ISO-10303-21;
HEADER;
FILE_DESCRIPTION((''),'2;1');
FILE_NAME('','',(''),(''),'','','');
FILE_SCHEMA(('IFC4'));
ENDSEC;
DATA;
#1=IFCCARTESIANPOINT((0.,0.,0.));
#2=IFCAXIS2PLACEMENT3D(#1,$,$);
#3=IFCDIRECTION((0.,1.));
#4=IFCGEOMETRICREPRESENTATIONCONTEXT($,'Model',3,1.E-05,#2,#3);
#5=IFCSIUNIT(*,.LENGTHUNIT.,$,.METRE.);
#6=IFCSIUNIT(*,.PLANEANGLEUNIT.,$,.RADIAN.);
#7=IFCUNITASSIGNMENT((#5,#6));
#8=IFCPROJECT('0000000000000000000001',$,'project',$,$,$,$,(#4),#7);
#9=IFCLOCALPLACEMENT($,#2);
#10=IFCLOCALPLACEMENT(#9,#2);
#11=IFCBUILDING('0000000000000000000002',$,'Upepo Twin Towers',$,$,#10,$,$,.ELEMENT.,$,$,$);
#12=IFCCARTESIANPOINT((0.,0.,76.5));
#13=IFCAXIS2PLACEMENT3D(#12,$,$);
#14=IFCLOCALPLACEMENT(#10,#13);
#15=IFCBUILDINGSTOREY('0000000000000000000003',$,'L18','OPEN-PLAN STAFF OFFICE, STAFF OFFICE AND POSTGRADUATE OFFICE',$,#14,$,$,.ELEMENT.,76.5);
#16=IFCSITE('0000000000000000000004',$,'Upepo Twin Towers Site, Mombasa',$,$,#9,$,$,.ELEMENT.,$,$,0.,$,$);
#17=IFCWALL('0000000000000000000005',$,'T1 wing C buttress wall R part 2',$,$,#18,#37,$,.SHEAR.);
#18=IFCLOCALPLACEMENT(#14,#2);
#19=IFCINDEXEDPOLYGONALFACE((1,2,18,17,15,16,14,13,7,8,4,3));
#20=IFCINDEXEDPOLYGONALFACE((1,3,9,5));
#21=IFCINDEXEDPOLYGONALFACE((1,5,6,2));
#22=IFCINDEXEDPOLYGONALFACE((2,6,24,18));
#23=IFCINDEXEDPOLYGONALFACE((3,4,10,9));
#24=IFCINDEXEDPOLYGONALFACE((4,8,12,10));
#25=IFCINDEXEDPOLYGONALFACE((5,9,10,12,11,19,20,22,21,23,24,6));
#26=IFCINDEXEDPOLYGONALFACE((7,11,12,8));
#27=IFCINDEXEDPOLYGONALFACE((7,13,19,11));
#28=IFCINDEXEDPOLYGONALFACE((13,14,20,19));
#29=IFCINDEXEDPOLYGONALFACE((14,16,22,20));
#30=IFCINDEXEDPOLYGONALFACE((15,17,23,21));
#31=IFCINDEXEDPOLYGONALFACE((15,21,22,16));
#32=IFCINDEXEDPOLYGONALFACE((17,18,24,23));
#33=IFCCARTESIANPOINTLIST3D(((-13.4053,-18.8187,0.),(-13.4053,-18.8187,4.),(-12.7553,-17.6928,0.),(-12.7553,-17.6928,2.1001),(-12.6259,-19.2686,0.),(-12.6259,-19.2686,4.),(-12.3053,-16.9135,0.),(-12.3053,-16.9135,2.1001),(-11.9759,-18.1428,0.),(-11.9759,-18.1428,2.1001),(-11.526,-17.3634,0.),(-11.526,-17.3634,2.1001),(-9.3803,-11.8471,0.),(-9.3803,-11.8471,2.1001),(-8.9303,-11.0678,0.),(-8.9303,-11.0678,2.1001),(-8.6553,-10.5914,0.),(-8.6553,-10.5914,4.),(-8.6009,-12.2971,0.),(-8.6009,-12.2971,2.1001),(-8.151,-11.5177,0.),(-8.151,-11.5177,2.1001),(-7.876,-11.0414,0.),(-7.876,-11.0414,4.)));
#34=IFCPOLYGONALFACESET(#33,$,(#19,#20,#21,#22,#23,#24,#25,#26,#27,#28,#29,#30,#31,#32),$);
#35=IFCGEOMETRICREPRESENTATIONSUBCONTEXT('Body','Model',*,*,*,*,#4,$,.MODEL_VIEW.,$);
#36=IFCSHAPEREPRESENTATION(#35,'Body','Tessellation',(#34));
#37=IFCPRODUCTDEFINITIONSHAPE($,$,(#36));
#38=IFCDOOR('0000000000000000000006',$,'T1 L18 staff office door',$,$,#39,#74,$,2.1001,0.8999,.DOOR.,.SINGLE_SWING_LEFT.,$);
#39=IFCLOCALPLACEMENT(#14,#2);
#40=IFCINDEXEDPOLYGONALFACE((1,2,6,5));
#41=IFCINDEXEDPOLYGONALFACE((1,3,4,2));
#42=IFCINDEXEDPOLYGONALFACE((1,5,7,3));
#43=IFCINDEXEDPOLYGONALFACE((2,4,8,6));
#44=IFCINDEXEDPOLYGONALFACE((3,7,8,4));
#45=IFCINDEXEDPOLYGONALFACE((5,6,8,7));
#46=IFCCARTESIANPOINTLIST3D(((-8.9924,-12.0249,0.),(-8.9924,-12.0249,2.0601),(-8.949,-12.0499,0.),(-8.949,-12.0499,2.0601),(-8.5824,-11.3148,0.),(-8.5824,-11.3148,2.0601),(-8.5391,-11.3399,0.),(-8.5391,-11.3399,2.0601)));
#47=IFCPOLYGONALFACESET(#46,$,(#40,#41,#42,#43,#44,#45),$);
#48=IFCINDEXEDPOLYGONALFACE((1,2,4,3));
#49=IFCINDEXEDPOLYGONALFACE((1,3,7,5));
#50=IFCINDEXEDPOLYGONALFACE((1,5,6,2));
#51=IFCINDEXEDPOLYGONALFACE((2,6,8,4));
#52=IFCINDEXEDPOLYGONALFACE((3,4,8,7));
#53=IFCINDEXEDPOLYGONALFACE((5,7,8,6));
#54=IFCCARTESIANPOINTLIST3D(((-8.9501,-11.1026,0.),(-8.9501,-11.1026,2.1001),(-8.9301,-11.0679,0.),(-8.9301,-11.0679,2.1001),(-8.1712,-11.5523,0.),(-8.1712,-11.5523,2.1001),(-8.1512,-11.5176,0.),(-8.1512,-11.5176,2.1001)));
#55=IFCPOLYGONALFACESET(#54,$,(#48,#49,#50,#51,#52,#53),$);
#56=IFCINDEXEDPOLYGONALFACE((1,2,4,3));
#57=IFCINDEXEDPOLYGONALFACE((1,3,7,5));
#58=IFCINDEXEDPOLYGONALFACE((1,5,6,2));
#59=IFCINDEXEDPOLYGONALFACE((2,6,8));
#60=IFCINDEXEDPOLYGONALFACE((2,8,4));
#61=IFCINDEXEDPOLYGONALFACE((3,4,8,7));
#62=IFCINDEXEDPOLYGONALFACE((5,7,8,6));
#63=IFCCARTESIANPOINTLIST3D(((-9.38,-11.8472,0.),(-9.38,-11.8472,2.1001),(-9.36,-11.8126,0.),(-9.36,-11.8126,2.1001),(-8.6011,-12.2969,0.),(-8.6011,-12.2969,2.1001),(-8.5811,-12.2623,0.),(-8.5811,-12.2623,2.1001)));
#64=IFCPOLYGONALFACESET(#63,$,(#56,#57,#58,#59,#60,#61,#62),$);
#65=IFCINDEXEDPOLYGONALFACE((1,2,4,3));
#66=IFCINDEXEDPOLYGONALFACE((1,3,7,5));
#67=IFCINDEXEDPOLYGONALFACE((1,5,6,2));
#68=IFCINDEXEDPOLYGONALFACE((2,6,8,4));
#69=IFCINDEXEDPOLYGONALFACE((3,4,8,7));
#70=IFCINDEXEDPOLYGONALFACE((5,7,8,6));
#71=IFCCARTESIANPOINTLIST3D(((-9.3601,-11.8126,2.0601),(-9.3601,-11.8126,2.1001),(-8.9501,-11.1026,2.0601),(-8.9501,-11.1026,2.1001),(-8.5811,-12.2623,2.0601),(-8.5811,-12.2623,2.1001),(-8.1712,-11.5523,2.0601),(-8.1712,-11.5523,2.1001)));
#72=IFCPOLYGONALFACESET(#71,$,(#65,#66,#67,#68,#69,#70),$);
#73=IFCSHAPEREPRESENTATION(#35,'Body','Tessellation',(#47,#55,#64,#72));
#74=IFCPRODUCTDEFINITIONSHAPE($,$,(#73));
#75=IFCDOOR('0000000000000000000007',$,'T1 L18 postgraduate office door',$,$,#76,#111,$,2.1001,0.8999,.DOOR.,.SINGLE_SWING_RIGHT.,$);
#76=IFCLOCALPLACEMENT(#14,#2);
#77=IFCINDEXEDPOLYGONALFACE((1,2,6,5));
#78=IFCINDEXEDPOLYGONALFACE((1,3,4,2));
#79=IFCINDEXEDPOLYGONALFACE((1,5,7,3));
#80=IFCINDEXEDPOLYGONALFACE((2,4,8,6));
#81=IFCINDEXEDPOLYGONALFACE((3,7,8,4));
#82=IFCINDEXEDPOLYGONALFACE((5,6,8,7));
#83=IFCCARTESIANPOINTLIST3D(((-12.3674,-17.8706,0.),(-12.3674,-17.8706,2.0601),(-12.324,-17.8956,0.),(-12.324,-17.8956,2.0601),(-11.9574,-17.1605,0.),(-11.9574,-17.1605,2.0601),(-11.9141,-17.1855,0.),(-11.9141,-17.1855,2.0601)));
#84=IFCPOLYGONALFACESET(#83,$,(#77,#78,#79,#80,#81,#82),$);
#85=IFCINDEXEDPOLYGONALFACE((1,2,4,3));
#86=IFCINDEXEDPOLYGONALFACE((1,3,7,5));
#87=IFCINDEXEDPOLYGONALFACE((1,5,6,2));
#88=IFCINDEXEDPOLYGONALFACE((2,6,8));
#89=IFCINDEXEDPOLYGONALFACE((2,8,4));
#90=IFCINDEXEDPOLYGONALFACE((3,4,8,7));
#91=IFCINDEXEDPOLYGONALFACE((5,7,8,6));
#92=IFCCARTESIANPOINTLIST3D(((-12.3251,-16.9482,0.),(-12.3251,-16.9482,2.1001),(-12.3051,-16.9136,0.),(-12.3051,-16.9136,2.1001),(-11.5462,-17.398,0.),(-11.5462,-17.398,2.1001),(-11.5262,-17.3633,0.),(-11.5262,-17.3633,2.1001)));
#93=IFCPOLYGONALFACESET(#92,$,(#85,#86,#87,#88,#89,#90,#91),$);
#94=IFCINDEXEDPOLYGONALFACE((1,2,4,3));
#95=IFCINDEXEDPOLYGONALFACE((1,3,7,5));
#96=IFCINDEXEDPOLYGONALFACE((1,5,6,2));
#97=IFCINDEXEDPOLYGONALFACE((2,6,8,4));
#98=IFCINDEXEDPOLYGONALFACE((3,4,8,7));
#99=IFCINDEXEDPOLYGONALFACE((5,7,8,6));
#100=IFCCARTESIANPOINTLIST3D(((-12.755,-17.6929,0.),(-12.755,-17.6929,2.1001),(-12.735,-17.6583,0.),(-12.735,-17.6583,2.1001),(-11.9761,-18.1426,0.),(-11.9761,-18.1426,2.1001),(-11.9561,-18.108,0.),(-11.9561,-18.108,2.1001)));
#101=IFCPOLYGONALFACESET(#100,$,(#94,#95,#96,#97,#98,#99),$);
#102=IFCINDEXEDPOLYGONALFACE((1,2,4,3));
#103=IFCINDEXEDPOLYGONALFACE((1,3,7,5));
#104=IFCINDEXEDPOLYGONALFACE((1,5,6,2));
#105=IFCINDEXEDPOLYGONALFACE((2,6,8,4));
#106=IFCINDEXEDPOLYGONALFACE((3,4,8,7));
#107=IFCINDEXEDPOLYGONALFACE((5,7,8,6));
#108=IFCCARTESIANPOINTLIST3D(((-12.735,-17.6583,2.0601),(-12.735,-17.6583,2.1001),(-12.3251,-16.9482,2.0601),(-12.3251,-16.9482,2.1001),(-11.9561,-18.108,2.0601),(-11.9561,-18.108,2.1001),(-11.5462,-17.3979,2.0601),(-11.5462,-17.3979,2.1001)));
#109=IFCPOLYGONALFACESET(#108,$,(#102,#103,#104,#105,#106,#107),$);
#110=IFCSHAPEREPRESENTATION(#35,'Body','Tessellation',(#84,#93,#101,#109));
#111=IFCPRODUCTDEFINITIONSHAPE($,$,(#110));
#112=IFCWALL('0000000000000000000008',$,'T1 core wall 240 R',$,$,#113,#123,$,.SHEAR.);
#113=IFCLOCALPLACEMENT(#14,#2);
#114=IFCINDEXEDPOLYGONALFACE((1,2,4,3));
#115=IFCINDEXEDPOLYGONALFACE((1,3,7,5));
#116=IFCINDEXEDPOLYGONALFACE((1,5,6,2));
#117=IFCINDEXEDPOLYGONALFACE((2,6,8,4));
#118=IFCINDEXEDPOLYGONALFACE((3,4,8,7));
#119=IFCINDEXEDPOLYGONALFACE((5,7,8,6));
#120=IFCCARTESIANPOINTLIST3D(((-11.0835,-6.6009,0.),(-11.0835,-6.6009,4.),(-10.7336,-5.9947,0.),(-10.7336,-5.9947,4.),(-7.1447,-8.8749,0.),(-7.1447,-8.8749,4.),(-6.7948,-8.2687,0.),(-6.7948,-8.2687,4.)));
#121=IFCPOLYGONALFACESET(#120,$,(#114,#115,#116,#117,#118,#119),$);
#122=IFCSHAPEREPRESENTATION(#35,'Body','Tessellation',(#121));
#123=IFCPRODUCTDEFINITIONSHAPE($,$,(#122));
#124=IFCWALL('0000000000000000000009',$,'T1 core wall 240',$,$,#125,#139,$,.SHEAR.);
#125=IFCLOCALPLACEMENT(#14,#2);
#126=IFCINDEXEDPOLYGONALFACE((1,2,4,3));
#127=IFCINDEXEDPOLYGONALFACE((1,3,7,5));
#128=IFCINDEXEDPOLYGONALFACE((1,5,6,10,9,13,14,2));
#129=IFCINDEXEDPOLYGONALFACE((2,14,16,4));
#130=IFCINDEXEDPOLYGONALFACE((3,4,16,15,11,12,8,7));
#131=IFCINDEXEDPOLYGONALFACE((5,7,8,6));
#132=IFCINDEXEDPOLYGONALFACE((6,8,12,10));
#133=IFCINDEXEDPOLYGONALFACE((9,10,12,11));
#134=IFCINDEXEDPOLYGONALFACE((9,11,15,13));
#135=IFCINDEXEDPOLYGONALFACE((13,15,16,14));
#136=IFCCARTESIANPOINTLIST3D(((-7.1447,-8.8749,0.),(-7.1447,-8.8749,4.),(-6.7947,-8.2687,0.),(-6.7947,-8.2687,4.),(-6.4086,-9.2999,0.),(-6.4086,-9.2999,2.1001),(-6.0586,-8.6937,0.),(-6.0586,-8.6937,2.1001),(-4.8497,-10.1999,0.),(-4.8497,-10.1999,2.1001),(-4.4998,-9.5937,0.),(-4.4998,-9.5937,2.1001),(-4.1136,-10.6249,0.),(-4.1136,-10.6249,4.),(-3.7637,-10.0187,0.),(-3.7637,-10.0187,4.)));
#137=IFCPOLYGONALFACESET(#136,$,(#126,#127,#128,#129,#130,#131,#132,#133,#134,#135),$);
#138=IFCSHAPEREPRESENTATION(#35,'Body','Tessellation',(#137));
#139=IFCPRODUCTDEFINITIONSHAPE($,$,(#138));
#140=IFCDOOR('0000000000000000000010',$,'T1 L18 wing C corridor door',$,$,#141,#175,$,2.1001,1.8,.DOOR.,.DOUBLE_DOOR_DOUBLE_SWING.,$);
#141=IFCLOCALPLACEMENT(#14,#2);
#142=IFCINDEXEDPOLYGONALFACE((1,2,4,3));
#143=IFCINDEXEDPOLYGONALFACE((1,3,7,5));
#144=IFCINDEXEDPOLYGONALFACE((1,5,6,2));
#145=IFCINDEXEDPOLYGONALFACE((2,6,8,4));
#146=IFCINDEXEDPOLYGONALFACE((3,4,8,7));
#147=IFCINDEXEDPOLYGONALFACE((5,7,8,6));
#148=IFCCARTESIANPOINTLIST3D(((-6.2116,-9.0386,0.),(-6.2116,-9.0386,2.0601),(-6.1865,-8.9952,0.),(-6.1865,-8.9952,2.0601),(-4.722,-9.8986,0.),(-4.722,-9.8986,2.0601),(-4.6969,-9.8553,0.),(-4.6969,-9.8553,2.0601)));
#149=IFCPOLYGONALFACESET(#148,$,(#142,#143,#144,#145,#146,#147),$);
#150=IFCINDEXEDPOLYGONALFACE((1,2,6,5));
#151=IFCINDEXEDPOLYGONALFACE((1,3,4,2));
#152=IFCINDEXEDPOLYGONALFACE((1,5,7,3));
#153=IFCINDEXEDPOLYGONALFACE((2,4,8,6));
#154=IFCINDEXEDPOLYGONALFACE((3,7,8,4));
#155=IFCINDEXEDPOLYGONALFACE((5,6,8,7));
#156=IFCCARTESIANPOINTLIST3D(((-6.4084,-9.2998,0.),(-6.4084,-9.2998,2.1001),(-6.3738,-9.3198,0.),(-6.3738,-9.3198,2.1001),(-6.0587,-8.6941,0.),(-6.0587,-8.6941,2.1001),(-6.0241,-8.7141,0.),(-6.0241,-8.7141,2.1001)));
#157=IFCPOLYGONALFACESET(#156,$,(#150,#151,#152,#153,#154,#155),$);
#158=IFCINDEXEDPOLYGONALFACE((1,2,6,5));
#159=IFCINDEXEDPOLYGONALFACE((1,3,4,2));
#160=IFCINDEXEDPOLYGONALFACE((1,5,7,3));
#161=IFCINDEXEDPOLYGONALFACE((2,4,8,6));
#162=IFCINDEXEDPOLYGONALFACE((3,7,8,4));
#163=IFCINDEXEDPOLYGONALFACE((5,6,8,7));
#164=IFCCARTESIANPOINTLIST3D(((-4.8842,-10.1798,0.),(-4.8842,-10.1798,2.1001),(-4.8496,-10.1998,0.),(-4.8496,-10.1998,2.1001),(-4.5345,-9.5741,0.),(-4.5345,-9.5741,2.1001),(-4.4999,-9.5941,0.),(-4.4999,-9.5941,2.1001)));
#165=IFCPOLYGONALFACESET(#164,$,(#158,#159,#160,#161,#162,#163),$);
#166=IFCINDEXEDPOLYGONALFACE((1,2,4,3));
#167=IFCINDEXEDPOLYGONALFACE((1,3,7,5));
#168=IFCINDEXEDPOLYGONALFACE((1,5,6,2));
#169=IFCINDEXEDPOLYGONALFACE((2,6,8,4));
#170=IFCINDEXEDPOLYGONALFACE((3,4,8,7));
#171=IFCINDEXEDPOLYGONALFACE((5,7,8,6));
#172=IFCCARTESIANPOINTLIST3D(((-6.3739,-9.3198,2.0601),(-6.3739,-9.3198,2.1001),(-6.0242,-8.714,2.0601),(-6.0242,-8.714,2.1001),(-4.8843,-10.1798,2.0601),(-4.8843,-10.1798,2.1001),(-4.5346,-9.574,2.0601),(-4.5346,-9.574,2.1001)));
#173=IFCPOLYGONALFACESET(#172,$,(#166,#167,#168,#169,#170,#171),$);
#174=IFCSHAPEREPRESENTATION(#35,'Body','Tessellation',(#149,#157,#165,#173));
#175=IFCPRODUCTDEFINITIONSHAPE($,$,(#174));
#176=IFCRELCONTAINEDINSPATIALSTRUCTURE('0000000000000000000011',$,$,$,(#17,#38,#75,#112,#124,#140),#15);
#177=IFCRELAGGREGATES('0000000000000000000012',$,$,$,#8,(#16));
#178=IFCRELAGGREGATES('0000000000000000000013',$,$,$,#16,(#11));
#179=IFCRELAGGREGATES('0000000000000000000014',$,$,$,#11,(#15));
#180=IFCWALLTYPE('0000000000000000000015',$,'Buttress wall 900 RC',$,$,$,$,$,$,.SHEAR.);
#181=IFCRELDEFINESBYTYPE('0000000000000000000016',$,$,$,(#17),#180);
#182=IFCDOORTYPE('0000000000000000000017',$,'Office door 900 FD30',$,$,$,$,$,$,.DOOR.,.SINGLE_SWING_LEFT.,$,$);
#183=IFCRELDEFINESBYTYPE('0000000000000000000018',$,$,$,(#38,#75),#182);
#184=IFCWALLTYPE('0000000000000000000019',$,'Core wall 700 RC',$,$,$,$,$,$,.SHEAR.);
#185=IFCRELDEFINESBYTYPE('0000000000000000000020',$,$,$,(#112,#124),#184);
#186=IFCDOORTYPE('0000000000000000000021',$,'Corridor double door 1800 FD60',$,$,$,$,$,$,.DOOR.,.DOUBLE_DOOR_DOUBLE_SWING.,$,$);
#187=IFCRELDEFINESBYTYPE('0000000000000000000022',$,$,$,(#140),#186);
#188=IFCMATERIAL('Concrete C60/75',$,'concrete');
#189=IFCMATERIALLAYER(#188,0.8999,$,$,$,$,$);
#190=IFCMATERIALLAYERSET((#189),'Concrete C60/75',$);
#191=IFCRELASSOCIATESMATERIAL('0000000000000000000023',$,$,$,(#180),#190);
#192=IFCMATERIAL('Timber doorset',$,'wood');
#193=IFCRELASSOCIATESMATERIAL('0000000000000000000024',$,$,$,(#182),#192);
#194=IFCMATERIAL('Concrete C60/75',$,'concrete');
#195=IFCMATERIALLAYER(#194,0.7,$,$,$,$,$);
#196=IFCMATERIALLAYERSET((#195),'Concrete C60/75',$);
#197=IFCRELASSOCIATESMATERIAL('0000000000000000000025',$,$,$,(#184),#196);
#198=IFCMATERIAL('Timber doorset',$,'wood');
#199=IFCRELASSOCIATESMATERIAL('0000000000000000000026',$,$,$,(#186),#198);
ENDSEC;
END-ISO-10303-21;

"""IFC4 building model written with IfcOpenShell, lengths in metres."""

from ifc_helpers import new_model, si_unit, direction, frame, frame_2d, origin, place, context, subcontext, project, spatial, rectangle, extrude, material, layer, layer_set, type_object, element, fill, save


model = new_model("IFC4")

# Units and contexts
model_context = context("Model", 3, precision=1e-05, world=origin(), true_north=direction((0.0, 1.0)))
body_context = subcontext(model_context, "Body", "Model", "MODEL_VIEW")
ifc_project = project(units=[si_unit("LENGTHUNIT", "METRE"), si_unit("PLANEANGLEUNIT", "RADIAN")], contexts=[model_context])

# Site, building, storey
site_placement = place(None, origin())
site = spatial("IfcSite", under=ifc_project, at=site_placement, Name="Upepo Twin Towers Site, Mombasa", CompositionType="ELEMENT", RefElevation=0.0)
building_placement = place(site_placement, origin())
building = spatial("IfcBuilding", under=site, at=building_placement, Name="Upepo Twin Towers", CompositionType="ELEMENT")
storey_placement = place(building_placement, frame((0.0, 0.0, 76.5)))
storey = spatial("IfcBuildingStorey", under=building, at=storey_placement, Name="L18", Description="OPEN-PLAN STAFF OFFICE, STAFF OFFICE AND POSTGRADUATE OFFICE", CompositionType="ELEMENT", Elevation=76.5)

# Wall, openings, doors
ifc_material_1 = material(Name="Concrete C60/75", Category="concrete")
ifc_layer_1 = layer(ifc_material_1, 0.8999)
ifc_layer_set_1 = layer_set([ifc_layer_1], Name="Concrete C60/75")
wall_type_1 = type_object("IfcWallType", Name="Buttress wall 900 RC", PredefinedType="SHEAR", material=ifc_layer_set_1)
wall_1_placement = place(storey_placement, frame((-8.2656, -10.8164, 0.0), z_axis=(0.0, 0.0, 1.0), x_axis=(-0.499998, -0.866027, 0.0)))
wall_1 = element("IfcWall", 1, at=wall_1_placement, inside=storey, type_object=wall_type_1, Name="T1 wing C buttress wall R part 2", PredefinedType="SHEAR", context=body_context, shape_type="SweptSolid", body=[
    extrude(rectangle(XDim=9.5, YDim=0.8999, at=frame_2d((4.75, 0.0))), origin(), (0.0, 0.0, 1.0), 4.0),
])
opening_1_placement = place(wall_1_placement, frame((0.55, 0.0, 0.0)))
opening_1 = element("IfcOpeningElement", 2, at=opening_1_placement, cuts=wall_1, PredefinedType="OPENING", context=body_context, shape_type="SweptSolid", body=[
    extrude(rectangle(XDim=0.8999, YDim=2.1001, at=frame_2d((0.45, 1.05))), frame((0.0, 0.46, 0.0), z_axis=(0.0, -1.0, 0.0), x_axis=(1.0, 0.0, 0.0)), (0.0, 0.0, 1.0), 0.9199),
])
opening_2_placement = place(wall_1_placement, frame((7.3, 0.0, 0.0)))
opening_2 = element("IfcOpeningElement", 3, at=opening_2_placement, cuts=wall_1, PredefinedType="OPENING", context=body_context, shape_type="SweptSolid", body=[
    extrude(rectangle(XDim=0.8999, YDim=2.1001, at=frame_2d((0.45, 1.05))), frame((0.0, 0.46, 0.0), z_axis=(0.0, -1.0, 0.0), x_axis=(1.0, 0.0, 0.0)), (0.0, 0.0, 1.0), 0.9199),
])
ifc_material_2 = material(Name="Timber doorset", Category="wood")
door_type_1 = type_object("IfcDoorType", Name="Office door 900 FD30", OperationType="SINGLE_SWING_LEFT", PredefinedType="DOOR", material=ifc_material_2)
door_1_placement = place(opening_1_placement, origin())
door_1 = element("IfcDoor", 4, at=door_1_placement, inside=storey, type_object=door_type_1, Name="T1 L18 staff office door", OperationType="SINGLE_SWING_LEFT", OverallHeight=2.1001, OverallWidth=0.8999, PredefinedType="DOOR", context=body_context, shape_type="SweptSolid", body=[
    extrude(rectangle(XDim=0.8199, YDim=2.0601, at=frame_2d((0.45, 1.03))), frame((0.0, 0.0249, 0.0), z_axis=(0.0, -1.0, 0.0), x_axis=(1.0, 0.0, 0.0)), (0.0, 0.0, 1.0), 0.05),
    extrude(rectangle(XDim=0.04, YDim=2.1001, at=frame_2d((0.02, 1.05))), frame((0.0, 0.4497, 0.0), z_axis=(0.0, -1.0, 0.0), x_axis=(1.0, 0.0, 0.0)), (0.0, 0.0, 1.0), 0.8994),
    extrude(rectangle(XDim=0.04, YDim=2.1001, at=frame_2d((0.8799, 1.05))), frame((0.0, 0.4497, 0.0), z_axis=(0.0, -1.0, 0.0), x_axis=(1.0, 0.0, 0.0)), (0.0, 0.0, 1.0), 0.8994),
    extrude(rectangle(XDim=0.8199, YDim=0.04, at=frame_2d((0.45, 2.0801))), frame((0.0, 0.4497, 0.0), z_axis=(0.0, -1.0, 0.0), x_axis=(1.0, 0.0, 0.0)), (0.0, 0.0, 1.0), 0.8994),
])
fill(opening_1, door_1)
door_2_placement = place(opening_2_placement, origin())
door_2 = element("IfcDoor", 5, at=door_2_placement, inside=storey, type_object=door_type_1, Name="T1 L18 postgraduate office door", OperationType="SINGLE_SWING_RIGHT", OverallHeight=2.1001, OverallWidth=0.8999, PredefinedType="DOOR", context=body_context, shape_type="SweptSolid", body=[
    extrude(rectangle(XDim=0.8199, YDim=2.0601, at=frame_2d((0.45, 1.03))), frame((0.0, 0.0249, 0.0), z_axis=(0.0, -1.0, 0.0), x_axis=(1.0, 0.0, 0.0)), (0.0, 0.0, 1.0), 0.05),
    extrude(rectangle(XDim=0.04, YDim=2.1001, at=frame_2d((0.02, 1.05))), frame((0.0, 0.4497, 0.0), z_axis=(0.0, -1.0, 0.0), x_axis=(1.0, 0.0, 0.0)), (0.0, 0.0, 1.0), 0.8994),
    extrude(rectangle(XDim=0.04, YDim=2.1001, at=frame_2d((0.8799, 1.05))), frame((0.0, 0.4497, 0.0), z_axis=(0.0, -1.0, 0.0), x_axis=(1.0, 0.0, 0.0)), (0.0, 0.0, 1.0), 0.8994),
    extrude(rectangle(XDim=0.8199, YDim=0.04, at=frame_2d((0.45, 2.0801))), frame((0.0, 0.4497, 0.0), z_axis=(0.0, -1.0, 0.0), x_axis=(1.0, 0.0, 0.0)), (0.0, 0.0, 1.0), 0.8994),
])
fill(opening_2, door_2)

# Wall
ifc_material_3 = material(Name="Concrete C60/75", Category="concrete")
ifc_layer_2 = layer(ifc_material_3, 0.7)
ifc_layer_set_2 = layer_set([ifc_layer_2], Name="Concrete C60/75")
wall_type_2 = type_object("IfcWallType", Name="Core wall 700 RC", PredefinedType="SHEAR", material=ifc_layer_set_2)
wall_2_placement = place(storey_placement, frame((-10.9084, -6.2979, 0.0), z_axis=(0.0, 0.0, 1.0), x_axis=(0.866035, -0.499984, 0.0)))
element("IfcWall", 6, at=wall_2_placement, inside=storey, type_object=wall_type_2, Name="T1 core wall 240 R", PredefinedType="SHEAR", context=body_context, shape_type="SweptSolid", body=[
    extrude(rectangle(XDim=4.5481, YDim=0.7, at=frame_2d((2.2739, 0.0))), origin(), (0.0, 0.0, 1.0), 4.0),
])

# Wall, opening, door
wall_3_placement = place(storey_placement, frame((-6.9697, -8.5718, 0.0), z_axis=(0.0, 0.0, 1.0), x_axis=(0.866019, -0.50001, 0.0)))
wall_3 = element("IfcWall", 7, at=wall_3_placement, inside=storey, type_object=wall_type_2, Name="T1 core wall 240", PredefinedType="SHEAR", context=body_context, shape_type="SweptSolid", body=[
    extrude(rectangle(XDim=3.5, YDim=0.7, at=frame_2d((1.75, 0.0))), origin(), (0.0, 0.0, 1.0), 4.0),
])
opening_3_placement = place(wall_3_placement, frame((0.8501, 0.0, 0.0)))
opening_3 = element("IfcOpeningElement", 8, at=opening_3_placement, cuts=wall_3, PredefinedType="OPENING", context=body_context, shape_type="SweptSolid", body=[
    extrude(rectangle(XDim=1.8, YDim=2.1001, at=frame_2d((0.8999, 1.05))), frame((0.0, 0.3599, 0.0), z_axis=(0.0, -1.0, 0.0), x_axis=(1.0, 0.0, 0.0)), (0.0, 0.0, 1.0), 0.72),
])
ifc_material_4 = material(Name="Timber doorset", Category="wood")
door_type_2 = type_object("IfcDoorType", Name="Corridor double door 1800 FD60", OperationType="DOUBLE_DOOR_DOUBLE_SWING", PredefinedType="DOOR", material=ifc_material_4)
door_3_placement = place(opening_3_placement, origin())
door_3 = element("IfcDoor", 9, at=door_3_placement, inside=storey, type_object=door_type_2, Name="T1 L18 wing C corridor door", OperationType="DOUBLE_DOOR_DOUBLE_SWING", OverallHeight=2.1001, OverallWidth=1.8, PredefinedType="DOOR", context=body_context, shape_type="SweptSolid", body=[
    extrude(rectangle(XDim=1.72, YDim=2.0601, at=frame_2d((0.8999, 1.03))), frame((0.0, 0.0249, 0.0), z_axis=(0.0, -1.0, 0.0), x_axis=(1.0, 0.0, 0.0)), (0.0, 0.0, 1.0), 0.05),
    extrude(rectangle(XDim=0.04, YDim=2.1001, at=frame_2d((0.02, 1.05))), frame((0.0, 0.3496, 0.0), z_axis=(0.0, -1.0, 0.0), x_axis=(1.0, 0.0, 0.0)), (0.0, 0.0, 1.0), 0.6995),
    extrude(rectangle(XDim=0.04, YDim=2.1001, at=frame_2d((1.78, 1.05))), frame((0.0, 0.3496, 0.0), z_axis=(0.0, -1.0, 0.0), x_axis=(1.0, 0.0, 0.0)), (0.0, 0.0, 1.0), 0.6995),
    extrude(rectangle(XDim=1.72, YDim=0.04, at=frame_2d((0.8999, 2.0801))), frame((0.0, 0.3496, 0.0), z_axis=(0.0, -1.0, 0.0), x_axis=(1.0, 0.0, 0.0)), (0.0, 0.0, 1.0), 0.6995),
])
fill(opening_3, door_3)

save(model, "model.ifc")
